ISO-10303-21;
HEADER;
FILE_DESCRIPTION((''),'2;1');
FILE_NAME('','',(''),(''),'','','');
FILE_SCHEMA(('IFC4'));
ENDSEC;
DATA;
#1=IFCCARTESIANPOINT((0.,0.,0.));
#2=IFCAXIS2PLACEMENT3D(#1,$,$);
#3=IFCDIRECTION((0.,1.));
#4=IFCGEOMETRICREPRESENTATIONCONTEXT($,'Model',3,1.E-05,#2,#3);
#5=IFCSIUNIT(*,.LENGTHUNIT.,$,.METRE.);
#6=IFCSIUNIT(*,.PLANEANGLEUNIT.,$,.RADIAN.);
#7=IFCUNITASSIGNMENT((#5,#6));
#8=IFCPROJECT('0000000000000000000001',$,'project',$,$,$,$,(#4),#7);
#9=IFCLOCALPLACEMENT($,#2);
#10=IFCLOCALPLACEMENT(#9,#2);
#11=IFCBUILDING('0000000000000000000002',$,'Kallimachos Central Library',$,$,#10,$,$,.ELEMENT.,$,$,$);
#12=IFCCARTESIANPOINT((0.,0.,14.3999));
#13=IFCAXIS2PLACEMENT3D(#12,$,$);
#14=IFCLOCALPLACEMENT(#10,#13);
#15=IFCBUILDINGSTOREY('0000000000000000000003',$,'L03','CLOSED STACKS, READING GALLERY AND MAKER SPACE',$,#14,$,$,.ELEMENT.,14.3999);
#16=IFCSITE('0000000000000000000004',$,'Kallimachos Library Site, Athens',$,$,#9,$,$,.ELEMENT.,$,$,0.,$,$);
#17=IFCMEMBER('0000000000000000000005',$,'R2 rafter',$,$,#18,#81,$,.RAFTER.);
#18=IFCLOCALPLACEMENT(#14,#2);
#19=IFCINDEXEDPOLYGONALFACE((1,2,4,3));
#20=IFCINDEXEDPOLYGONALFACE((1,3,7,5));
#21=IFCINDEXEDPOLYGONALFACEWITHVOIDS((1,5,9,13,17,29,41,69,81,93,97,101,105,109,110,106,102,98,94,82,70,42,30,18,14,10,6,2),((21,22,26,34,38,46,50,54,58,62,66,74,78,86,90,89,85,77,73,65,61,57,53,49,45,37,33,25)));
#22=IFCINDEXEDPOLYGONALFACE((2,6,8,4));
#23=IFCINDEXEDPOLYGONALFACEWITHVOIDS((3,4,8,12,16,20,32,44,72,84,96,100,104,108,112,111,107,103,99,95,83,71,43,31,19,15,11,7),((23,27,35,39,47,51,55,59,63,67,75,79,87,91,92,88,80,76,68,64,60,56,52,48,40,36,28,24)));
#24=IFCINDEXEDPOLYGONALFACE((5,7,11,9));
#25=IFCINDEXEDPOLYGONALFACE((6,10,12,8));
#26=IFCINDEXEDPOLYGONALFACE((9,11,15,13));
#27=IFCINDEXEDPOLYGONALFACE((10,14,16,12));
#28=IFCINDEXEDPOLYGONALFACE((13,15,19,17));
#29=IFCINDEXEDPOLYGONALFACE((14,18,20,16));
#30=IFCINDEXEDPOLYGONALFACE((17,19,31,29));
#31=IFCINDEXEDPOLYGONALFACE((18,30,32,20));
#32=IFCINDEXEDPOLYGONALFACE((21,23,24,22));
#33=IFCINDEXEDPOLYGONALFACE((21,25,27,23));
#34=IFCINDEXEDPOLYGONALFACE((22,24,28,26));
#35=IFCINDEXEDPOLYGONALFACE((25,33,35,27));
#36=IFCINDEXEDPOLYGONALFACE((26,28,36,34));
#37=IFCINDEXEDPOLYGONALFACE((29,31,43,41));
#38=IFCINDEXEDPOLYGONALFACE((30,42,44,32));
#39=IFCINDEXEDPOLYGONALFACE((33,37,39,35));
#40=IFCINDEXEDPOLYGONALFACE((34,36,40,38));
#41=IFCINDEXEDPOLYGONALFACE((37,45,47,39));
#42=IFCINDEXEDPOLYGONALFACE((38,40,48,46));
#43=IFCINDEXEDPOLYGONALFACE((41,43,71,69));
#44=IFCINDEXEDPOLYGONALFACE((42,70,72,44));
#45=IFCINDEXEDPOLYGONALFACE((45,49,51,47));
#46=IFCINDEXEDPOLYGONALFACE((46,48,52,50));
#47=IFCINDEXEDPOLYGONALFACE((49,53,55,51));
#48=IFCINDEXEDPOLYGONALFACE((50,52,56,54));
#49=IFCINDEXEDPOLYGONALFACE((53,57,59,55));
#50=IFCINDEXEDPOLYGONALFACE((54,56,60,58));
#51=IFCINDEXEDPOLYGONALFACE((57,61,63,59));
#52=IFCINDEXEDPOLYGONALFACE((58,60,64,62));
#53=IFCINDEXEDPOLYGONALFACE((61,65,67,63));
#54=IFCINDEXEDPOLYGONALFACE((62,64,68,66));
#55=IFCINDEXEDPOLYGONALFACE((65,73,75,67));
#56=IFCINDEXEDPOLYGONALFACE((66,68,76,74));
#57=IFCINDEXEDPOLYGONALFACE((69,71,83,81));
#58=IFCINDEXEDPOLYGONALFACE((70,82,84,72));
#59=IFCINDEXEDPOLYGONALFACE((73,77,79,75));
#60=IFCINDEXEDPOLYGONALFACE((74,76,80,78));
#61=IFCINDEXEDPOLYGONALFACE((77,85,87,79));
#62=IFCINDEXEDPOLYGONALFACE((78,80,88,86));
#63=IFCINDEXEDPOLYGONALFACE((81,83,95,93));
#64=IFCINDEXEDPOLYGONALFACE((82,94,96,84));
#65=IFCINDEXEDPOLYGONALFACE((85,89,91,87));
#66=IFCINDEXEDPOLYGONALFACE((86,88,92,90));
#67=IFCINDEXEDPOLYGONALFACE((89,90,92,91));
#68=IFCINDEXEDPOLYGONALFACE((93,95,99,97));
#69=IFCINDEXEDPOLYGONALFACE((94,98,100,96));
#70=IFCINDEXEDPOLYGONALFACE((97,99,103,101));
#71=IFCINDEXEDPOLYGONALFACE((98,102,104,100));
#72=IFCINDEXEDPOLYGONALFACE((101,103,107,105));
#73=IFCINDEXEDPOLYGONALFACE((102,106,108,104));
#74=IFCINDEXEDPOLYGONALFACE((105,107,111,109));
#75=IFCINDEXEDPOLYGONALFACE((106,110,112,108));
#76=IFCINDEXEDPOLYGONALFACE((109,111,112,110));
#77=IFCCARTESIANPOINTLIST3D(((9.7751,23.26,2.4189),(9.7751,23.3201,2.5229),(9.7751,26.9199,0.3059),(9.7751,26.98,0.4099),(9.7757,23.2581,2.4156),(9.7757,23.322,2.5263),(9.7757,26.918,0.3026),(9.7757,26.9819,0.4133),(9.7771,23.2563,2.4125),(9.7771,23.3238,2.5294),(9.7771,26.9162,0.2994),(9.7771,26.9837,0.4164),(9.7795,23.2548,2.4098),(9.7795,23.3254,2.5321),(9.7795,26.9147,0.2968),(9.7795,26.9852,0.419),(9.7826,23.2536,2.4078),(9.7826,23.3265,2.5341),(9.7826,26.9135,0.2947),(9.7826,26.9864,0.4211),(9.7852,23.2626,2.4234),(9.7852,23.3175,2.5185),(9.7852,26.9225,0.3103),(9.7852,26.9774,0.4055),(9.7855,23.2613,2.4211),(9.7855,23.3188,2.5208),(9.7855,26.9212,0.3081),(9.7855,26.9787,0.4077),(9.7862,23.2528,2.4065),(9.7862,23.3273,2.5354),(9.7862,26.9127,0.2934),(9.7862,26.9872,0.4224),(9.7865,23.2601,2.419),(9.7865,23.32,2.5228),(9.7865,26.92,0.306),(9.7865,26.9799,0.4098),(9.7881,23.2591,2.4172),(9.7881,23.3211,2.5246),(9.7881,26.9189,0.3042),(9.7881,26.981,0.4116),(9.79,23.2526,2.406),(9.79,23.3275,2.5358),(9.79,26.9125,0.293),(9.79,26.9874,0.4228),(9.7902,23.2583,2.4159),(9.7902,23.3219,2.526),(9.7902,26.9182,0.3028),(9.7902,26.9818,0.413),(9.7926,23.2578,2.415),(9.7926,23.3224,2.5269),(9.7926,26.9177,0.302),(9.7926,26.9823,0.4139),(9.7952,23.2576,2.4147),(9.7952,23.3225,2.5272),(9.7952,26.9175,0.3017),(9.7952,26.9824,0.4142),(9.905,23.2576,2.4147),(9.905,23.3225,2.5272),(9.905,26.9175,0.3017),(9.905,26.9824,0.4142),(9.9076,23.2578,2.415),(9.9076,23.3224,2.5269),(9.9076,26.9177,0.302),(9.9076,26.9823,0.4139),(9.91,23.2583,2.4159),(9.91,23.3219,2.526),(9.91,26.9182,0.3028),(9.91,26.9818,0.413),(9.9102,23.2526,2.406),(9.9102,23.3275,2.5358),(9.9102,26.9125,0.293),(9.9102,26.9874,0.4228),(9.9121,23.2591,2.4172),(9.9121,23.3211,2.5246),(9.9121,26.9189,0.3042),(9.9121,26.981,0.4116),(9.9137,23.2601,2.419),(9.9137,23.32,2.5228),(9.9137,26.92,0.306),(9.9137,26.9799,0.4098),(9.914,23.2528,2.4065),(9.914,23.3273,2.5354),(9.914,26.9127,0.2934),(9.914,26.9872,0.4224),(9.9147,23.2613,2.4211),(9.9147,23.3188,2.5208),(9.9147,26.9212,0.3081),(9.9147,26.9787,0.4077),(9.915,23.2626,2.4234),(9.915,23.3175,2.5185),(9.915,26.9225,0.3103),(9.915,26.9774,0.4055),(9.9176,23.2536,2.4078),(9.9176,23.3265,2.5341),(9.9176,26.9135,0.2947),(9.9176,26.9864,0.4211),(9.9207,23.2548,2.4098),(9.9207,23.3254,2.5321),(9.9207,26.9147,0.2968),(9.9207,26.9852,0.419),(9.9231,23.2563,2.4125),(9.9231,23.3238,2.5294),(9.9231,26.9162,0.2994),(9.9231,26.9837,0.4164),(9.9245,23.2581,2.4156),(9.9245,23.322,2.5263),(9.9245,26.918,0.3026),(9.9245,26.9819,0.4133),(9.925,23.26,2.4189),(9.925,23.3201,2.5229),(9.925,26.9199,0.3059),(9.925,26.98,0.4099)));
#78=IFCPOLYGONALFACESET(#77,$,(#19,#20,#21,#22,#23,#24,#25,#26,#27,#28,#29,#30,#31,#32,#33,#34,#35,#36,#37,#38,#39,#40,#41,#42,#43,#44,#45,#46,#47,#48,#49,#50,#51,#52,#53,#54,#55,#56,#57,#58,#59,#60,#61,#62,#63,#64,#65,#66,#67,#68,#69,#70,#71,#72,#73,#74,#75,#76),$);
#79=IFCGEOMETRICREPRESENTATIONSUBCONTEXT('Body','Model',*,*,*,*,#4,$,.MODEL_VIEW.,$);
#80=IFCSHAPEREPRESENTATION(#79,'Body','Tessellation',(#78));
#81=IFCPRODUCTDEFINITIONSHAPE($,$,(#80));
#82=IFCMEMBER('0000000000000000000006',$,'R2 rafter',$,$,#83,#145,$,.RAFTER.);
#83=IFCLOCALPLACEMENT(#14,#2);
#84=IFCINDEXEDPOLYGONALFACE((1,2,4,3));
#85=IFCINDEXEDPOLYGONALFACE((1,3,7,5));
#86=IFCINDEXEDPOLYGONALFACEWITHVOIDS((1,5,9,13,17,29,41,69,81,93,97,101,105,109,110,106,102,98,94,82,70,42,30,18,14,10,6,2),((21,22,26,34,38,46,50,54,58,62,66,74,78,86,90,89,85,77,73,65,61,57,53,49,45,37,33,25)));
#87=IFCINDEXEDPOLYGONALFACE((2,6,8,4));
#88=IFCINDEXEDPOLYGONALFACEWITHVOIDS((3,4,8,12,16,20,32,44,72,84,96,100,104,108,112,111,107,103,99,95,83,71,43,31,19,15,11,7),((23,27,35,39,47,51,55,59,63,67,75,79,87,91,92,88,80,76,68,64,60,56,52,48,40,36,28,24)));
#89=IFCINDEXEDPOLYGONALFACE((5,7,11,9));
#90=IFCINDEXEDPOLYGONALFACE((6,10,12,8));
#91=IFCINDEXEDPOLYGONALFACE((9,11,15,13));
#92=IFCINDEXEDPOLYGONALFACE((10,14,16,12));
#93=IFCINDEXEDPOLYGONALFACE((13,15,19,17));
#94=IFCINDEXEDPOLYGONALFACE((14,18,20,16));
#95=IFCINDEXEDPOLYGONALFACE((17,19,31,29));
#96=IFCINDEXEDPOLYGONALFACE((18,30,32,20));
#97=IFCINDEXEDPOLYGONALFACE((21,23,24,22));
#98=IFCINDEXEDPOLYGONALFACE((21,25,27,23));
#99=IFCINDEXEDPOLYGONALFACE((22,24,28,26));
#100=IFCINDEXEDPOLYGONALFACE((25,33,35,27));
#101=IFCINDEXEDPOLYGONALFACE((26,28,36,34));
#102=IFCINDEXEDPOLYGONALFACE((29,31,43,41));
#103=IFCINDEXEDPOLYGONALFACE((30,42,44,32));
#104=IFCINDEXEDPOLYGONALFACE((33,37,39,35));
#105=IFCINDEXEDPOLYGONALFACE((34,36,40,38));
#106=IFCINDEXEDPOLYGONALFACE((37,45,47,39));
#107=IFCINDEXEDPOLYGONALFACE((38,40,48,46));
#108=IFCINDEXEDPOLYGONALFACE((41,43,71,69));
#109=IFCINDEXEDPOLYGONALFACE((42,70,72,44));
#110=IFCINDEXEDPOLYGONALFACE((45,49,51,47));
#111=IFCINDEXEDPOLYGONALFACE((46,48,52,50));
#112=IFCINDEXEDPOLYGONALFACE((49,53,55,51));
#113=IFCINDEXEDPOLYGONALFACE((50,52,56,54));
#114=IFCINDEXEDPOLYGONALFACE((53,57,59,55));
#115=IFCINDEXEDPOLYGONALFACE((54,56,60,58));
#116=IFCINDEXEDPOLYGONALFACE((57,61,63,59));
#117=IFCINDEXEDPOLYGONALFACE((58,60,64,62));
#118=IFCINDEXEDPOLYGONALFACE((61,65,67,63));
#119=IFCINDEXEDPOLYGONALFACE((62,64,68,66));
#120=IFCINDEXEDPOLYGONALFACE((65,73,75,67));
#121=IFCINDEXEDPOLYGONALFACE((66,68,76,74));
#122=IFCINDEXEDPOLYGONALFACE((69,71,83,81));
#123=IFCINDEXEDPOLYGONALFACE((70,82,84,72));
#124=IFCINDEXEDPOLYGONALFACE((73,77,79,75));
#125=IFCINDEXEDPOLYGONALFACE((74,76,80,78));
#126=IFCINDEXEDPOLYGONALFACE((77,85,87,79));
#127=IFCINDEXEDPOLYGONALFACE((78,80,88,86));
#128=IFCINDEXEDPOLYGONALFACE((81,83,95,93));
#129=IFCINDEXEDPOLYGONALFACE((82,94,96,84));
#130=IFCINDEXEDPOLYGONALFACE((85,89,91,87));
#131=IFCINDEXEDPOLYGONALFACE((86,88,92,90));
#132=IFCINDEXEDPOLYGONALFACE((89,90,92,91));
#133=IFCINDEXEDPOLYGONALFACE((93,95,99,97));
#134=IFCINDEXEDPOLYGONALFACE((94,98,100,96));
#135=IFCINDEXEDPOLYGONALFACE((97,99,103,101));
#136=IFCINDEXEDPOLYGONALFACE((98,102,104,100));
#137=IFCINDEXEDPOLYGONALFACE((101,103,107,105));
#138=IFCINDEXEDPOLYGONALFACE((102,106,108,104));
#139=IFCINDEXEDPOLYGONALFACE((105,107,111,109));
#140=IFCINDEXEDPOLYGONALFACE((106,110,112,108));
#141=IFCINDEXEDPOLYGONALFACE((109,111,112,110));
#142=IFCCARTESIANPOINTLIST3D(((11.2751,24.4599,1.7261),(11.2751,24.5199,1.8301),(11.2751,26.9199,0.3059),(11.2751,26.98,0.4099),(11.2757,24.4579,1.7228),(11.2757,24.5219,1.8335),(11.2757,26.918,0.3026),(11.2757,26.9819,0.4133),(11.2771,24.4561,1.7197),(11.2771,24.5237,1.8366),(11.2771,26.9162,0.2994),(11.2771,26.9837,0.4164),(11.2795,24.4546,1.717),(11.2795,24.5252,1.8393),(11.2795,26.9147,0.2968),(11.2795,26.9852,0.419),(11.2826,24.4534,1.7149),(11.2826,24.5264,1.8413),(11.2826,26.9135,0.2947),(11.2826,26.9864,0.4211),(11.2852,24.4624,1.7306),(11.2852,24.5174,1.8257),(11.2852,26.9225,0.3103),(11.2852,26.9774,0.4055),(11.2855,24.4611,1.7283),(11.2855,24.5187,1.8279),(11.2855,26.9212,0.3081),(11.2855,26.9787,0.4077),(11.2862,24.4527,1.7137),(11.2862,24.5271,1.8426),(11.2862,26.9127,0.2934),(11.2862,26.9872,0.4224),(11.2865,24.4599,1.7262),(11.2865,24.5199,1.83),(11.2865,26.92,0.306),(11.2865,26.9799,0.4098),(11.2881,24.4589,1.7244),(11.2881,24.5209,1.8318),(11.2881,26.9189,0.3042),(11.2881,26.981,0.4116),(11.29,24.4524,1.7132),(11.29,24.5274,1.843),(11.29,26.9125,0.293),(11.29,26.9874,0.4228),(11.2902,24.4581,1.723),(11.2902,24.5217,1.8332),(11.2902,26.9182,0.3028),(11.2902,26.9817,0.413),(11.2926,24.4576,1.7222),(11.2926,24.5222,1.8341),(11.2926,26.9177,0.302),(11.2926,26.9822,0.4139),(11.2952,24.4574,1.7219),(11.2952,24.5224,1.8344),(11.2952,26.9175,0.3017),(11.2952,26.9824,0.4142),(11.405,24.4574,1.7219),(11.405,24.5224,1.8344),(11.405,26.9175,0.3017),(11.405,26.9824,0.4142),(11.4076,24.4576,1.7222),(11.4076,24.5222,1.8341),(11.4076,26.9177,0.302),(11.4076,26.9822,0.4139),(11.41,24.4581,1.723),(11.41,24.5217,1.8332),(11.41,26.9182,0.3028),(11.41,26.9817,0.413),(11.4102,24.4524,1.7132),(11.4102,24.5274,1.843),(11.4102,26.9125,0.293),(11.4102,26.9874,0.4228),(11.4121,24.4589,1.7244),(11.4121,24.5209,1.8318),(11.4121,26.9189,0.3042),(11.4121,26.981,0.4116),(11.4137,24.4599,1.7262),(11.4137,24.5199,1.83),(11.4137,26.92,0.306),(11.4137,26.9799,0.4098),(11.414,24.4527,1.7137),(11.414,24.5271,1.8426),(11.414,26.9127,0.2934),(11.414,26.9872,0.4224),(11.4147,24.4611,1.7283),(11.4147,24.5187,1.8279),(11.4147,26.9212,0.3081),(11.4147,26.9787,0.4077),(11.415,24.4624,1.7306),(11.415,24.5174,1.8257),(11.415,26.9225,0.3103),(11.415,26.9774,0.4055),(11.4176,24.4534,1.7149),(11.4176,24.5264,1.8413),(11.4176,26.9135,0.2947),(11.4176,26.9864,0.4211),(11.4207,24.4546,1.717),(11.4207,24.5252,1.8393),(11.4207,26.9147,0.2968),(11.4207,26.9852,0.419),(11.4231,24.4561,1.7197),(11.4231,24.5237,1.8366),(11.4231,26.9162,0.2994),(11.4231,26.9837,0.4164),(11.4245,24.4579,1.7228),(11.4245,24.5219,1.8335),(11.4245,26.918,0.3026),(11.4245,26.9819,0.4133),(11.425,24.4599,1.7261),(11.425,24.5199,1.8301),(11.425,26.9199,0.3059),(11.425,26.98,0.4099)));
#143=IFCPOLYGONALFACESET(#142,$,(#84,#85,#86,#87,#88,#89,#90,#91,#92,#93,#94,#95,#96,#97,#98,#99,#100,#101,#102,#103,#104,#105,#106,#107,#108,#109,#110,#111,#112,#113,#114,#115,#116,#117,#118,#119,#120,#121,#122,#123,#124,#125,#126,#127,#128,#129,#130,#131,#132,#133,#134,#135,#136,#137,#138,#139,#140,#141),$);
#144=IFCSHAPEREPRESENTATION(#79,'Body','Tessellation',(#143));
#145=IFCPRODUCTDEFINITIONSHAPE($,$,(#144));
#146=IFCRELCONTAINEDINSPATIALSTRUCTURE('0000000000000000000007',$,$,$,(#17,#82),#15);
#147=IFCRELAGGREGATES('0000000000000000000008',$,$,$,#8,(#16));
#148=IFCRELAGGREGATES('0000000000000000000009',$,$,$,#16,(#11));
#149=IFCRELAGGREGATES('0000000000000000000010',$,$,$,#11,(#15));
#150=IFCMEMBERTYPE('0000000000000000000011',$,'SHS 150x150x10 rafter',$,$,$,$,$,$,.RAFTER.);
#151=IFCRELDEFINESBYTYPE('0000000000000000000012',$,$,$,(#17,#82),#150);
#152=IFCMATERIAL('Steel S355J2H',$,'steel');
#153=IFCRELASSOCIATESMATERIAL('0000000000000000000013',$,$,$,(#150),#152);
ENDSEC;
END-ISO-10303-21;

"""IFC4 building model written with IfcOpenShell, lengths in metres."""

from ifc_helpers import new_model, si_unit, direction, frame, origin, origin_2d, place, context, subcontext, project, spatial, hollow_rectangle, extrude, material, material_profile, profile_set, type_object, element, save


model = new_model("IFC4")

# Units and contexts
model_context = context("Model", 3, precision=1e-05, world=origin(), true_north=direction((0.0, 1.0)))
body_context = subcontext(model_context, "Body", "Model", "MODEL_VIEW")
ifc_project = project(units=[si_unit("LENGTHUNIT", "METRE"), si_unit("PLANEANGLEUNIT", "RADIAN")], contexts=[model_context])

# Site, building, storey
site_placement = place(None, origin())
site = spatial("IfcSite", under=ifc_project, at=site_placement, Name="Kallimachos Library Site, Athens", CompositionType="ELEMENT", RefElevation=0.0)
building_placement = place(site_placement, origin())
building = spatial("IfcBuilding", under=site, at=building_placement, Name="Kallimachos Central Library", CompositionType="ELEMENT")
storey_placement = place(building_placement, frame((0.0, 0.0, 14.3999)))
storey = spatial("IfcBuildingStorey", under=building, at=storey_placement, Name="L03", Description="CLOSED STACKS, READING GALLERY AND MAKER SPACE", CompositionType="ELEMENT", Elevation=14.3999)

# Members
ifc_material_1 = material(Name="Steel S355J2H", Category="steel")
ifc_material_profile_1 = material_profile(ifc_material_1, hollow_rectangle(XDim=0.1499, YDim=0.1499, WallThickness=0.01, InnerFilletRadius=0.01, OuterFilletRadius=0.0149, at=origin_2d()), Name="SHS 150x150x10")
ifc_profile_set_1 = profile_set([ifc_material_profile_1], Name="Steel S355J2H")
member_type_1 = type_object("IfcMemberType", Name="SHS 150x150x10 rafter", PredefinedType="RAFTER", material=ifc_profile_set_1)
member_1_placement = place(storey_placement, frame((9.8501, 26.95, 0.3579), z_axis=(0.0, -0.866027, 0.499997), x_axis=(1.0, 0.0, 0.0)))
element("IfcMember", 1, at=member_1_placement, inside=storey, type_object=member_type_1, Name="R2 rafter", PredefinedType="RAFTER", context=body_context, shape_type="SweptSolid", body=[
    extrude(hollow_rectangle(XDim=0.1499, YDim=0.1499, WallThickness=0.01, InnerFilletRadius=0.01, OuterFilletRadius=0.0149, at=origin_2d()), origin(), (0.0, 0.0, 1.0), 4.2261),
])
member_2_placement = place(storey_placement, frame((11.3501, 26.95, 0.3579), z_axis=(0.0, -0.86604, 0.499975), x_axis=(1.0, 0.0, 0.0)))
element("IfcMember", 2, at=member_2_placement, inside=storey, type_object=member_type_1, Name="R2 rafter", PredefinedType="RAFTER", context=body_context, shape_type="SweptSolid", body=[
    extrude(hollow_rectangle(XDim=0.1499, YDim=0.1499, WallThickness=0.01, InnerFilletRadius=0.01, OuterFilletRadius=0.0149, at=origin_2d()), origin(), (0.0, 0.0, 1.0), 2.8406),
])

save(model, "model.ifc")
